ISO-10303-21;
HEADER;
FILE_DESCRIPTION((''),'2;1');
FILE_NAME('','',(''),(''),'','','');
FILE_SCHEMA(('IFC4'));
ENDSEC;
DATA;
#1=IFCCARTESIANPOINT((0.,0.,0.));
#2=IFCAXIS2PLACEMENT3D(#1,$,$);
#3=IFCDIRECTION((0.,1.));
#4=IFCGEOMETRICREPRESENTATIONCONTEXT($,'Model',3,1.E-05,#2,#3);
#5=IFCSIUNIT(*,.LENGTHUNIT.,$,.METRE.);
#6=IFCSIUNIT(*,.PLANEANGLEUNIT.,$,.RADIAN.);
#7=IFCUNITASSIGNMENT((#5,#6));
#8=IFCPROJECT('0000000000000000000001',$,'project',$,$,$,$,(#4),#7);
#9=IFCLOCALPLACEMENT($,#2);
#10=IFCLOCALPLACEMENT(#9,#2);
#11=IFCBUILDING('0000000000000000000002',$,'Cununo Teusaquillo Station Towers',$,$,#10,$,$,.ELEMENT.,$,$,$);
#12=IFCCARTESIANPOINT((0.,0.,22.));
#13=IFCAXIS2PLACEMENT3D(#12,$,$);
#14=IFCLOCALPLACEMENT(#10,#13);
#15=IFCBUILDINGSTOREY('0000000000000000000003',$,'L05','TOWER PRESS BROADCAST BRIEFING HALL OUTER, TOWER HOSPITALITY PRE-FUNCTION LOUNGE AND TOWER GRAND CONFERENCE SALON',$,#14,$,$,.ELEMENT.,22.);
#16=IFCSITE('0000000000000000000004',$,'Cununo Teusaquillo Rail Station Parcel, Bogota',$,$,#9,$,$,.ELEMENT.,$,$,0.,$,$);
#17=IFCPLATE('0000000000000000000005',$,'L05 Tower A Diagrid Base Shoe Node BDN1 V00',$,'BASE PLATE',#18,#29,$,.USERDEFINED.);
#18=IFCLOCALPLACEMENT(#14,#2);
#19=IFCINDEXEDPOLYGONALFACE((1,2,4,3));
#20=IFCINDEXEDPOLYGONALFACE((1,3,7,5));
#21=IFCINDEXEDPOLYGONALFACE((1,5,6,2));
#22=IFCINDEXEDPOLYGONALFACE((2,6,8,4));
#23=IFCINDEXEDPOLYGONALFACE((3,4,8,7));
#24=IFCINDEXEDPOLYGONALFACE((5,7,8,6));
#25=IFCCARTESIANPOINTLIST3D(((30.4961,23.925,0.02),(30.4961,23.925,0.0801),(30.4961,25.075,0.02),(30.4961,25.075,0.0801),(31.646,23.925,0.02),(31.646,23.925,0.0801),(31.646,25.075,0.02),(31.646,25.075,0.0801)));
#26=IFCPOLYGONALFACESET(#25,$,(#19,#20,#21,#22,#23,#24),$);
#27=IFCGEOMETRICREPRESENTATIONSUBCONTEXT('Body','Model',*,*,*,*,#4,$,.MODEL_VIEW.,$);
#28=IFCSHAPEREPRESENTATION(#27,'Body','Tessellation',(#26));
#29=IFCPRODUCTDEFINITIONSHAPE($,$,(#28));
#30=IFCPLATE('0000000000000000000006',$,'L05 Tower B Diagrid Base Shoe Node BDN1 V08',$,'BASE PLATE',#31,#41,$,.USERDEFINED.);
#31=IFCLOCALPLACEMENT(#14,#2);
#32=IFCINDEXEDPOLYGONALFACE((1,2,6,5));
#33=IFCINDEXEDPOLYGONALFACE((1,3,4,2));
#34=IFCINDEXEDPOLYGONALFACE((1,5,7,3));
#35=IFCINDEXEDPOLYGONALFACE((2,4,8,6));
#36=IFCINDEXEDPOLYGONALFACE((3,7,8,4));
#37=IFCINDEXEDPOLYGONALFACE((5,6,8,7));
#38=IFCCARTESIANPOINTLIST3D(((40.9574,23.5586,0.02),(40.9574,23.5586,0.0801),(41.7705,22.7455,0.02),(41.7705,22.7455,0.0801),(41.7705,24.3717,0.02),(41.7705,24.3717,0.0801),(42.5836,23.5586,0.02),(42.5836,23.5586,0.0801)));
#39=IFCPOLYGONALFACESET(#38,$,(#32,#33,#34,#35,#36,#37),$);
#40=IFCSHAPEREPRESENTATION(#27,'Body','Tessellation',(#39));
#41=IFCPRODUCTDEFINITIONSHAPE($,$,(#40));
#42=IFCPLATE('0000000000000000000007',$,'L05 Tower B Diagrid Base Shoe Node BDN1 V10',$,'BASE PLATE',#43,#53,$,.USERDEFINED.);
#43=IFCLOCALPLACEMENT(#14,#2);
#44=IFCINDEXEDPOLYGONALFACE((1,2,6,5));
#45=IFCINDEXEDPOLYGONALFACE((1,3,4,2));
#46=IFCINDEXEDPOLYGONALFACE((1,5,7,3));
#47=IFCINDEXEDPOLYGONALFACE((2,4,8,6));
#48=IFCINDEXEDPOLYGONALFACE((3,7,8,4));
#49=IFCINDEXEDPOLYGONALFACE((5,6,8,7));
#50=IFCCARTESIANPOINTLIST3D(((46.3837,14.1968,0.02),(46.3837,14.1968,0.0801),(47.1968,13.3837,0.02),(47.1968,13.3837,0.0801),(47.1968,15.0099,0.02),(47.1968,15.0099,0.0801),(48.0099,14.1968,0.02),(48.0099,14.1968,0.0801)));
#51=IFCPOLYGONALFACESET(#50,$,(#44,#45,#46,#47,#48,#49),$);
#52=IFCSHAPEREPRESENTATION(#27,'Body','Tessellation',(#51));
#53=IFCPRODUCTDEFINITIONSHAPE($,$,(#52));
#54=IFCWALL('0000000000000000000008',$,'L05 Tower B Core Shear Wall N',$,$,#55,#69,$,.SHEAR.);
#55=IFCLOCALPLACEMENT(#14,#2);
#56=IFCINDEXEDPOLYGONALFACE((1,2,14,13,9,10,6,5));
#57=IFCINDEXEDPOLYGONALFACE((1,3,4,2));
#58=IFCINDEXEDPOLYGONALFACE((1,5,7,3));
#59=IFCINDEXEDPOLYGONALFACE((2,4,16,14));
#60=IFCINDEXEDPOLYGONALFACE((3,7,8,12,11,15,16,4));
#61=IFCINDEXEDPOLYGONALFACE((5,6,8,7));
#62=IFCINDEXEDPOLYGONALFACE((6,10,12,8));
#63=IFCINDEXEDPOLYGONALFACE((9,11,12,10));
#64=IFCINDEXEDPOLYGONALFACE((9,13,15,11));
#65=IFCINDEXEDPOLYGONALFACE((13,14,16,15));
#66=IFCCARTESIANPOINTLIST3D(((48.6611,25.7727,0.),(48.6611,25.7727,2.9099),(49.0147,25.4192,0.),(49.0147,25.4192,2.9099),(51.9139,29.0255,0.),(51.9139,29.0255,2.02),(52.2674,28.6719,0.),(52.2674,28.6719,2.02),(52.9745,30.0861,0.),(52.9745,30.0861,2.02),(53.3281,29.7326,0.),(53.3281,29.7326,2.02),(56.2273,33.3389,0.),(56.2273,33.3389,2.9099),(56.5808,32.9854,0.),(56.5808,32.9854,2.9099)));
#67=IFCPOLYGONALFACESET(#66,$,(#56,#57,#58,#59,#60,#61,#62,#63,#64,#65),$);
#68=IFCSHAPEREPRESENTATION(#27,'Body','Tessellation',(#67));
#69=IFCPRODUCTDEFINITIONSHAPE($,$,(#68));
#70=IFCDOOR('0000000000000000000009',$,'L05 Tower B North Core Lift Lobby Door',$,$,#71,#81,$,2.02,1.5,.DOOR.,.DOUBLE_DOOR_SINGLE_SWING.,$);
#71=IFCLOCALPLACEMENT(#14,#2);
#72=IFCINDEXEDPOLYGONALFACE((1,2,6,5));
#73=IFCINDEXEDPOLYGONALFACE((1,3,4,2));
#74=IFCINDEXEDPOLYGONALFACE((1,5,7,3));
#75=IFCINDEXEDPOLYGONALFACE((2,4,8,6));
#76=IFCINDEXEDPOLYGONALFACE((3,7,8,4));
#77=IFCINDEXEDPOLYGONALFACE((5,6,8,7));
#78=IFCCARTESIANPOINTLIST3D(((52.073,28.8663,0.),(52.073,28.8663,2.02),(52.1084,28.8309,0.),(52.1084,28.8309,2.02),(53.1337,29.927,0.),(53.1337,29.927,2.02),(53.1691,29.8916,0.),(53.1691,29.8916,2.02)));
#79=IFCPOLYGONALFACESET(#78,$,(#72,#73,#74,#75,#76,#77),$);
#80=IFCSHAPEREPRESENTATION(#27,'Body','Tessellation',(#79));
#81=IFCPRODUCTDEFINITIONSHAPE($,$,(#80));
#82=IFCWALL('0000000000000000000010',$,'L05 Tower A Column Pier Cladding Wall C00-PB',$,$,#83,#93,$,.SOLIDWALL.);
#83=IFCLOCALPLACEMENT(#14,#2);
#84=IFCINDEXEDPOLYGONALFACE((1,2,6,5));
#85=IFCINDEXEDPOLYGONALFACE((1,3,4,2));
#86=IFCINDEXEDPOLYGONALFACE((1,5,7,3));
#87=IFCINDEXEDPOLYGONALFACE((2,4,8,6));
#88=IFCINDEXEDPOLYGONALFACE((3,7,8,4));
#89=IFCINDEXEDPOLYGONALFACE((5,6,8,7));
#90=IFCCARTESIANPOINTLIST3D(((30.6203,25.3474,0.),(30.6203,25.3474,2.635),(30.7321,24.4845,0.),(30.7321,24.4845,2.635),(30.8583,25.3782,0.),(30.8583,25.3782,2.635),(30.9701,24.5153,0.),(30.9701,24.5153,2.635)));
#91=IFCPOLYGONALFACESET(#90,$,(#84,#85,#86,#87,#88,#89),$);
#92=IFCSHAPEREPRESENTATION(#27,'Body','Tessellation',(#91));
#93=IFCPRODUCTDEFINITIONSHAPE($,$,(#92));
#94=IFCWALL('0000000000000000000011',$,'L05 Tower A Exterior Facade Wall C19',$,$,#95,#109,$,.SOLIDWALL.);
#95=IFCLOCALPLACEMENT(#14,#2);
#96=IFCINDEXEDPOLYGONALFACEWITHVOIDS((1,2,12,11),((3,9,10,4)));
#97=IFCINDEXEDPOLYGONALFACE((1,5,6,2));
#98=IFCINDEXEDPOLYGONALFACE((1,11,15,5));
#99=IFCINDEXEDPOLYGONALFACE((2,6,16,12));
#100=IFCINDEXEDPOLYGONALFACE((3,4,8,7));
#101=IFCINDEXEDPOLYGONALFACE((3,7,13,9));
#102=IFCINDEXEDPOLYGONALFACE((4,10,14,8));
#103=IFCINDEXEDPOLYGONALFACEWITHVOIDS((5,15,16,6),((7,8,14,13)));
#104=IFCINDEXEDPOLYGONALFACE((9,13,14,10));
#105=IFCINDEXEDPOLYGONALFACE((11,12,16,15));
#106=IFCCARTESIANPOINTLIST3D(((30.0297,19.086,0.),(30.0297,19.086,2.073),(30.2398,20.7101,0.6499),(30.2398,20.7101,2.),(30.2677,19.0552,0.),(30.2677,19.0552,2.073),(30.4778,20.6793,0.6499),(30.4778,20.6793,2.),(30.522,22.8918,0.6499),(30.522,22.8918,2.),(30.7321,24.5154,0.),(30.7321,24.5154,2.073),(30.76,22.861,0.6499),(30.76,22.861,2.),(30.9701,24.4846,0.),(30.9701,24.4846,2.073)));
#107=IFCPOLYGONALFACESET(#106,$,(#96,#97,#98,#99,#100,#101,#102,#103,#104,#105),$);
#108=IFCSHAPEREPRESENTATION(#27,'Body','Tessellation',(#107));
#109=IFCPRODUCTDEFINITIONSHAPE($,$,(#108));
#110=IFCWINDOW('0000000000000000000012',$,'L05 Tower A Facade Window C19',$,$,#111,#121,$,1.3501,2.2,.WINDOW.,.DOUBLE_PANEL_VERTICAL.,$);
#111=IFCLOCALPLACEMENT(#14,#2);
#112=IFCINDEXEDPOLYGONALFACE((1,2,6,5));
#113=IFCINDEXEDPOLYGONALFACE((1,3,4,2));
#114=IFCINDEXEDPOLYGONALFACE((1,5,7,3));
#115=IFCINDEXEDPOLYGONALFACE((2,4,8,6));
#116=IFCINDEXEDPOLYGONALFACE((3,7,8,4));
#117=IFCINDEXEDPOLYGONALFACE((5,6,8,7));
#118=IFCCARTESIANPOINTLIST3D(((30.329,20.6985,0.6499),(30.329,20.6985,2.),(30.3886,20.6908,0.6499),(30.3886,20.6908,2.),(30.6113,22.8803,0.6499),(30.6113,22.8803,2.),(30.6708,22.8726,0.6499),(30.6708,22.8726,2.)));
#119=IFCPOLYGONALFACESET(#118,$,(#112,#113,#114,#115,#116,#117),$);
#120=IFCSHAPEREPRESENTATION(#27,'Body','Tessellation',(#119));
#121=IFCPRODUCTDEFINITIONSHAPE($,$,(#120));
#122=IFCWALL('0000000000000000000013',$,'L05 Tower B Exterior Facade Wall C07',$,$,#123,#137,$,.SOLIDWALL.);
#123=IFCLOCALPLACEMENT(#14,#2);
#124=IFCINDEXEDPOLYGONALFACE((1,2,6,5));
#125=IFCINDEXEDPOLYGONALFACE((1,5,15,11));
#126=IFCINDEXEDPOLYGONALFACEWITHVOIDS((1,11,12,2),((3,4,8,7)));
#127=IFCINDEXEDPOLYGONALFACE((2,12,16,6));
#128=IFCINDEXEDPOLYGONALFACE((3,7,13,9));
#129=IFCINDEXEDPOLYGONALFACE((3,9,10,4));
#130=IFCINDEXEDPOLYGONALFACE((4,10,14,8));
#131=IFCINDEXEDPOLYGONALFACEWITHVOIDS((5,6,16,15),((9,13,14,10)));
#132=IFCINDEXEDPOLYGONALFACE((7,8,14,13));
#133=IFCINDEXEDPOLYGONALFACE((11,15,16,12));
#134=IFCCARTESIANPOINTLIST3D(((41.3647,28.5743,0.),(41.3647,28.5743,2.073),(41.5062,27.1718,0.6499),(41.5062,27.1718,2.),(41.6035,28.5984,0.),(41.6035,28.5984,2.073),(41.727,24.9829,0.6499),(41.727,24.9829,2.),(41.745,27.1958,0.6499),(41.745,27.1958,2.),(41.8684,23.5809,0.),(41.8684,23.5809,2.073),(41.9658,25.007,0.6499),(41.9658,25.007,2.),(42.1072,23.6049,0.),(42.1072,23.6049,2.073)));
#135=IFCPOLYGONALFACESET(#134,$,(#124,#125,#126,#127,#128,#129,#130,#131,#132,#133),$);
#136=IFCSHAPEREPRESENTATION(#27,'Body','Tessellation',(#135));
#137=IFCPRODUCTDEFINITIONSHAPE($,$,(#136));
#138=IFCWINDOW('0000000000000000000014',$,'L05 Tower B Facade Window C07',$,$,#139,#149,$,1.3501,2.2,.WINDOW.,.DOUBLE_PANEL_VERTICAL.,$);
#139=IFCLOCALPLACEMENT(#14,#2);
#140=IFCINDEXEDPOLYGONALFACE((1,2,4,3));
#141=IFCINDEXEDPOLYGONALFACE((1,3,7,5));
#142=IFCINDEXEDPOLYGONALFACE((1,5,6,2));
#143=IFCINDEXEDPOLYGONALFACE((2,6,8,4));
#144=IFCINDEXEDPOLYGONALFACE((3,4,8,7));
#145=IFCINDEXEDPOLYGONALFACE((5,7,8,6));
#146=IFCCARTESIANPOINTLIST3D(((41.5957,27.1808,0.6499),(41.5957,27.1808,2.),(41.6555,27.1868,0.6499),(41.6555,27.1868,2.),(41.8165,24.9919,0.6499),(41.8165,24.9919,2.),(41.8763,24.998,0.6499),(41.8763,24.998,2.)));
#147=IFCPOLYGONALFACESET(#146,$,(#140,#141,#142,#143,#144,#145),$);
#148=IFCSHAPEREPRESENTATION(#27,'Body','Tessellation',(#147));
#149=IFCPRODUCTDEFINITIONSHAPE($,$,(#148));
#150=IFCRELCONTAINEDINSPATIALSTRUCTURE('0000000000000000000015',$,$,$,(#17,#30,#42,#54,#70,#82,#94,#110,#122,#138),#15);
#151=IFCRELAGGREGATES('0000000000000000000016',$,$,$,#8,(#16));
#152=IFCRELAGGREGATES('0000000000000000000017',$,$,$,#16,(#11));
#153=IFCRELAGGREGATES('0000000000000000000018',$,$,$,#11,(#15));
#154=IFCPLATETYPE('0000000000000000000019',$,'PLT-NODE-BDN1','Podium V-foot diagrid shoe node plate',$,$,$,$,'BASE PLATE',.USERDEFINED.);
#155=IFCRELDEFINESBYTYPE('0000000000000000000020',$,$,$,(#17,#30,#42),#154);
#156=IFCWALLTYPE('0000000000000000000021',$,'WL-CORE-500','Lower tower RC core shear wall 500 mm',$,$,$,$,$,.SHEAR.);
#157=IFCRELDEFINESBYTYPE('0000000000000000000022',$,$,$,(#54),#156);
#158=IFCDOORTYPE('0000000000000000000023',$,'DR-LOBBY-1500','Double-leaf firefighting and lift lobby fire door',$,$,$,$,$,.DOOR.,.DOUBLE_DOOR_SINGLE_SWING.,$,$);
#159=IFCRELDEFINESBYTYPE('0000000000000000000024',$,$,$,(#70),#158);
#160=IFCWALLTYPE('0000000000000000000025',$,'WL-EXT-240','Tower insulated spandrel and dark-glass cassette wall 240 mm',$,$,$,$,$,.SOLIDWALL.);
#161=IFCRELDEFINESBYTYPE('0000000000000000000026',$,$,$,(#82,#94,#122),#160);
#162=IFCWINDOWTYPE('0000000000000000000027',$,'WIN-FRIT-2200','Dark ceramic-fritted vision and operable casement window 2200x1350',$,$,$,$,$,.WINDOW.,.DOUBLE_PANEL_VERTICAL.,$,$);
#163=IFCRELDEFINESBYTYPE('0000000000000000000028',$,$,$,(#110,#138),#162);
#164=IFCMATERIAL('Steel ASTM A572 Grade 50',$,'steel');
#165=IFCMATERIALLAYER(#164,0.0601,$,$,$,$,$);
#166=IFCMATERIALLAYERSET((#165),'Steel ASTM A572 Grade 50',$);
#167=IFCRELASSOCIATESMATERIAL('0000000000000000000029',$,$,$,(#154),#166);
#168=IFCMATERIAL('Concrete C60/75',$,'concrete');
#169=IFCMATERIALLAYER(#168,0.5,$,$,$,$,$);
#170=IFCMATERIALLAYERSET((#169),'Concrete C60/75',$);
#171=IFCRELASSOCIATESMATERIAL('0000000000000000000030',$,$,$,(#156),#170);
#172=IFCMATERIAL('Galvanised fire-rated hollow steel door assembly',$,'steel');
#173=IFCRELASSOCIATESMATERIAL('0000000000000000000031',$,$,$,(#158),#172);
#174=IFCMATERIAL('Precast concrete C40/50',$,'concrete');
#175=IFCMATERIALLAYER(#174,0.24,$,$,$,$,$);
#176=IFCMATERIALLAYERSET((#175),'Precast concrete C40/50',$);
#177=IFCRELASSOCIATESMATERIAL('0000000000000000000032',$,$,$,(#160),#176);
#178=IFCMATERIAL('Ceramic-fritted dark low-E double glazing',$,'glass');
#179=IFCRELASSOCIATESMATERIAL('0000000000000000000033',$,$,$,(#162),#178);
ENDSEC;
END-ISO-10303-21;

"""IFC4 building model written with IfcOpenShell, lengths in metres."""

from ifc_helpers import new_model, si_unit, direction, frame, frame_2d, origin, origin_2d, place, context, subcontext, project, spatial, rectangle, extrude, source, transform, mapped, material, layer, layer_set, type_object, element, fill, save


model = new_model("IFC4")

# Units and contexts
model_context = context("Model", 3, precision=1e-05, world=origin(), true_north=direction((0.0, 1.0)))
body_context = subcontext(model_context, "Body", "Model", "MODEL_VIEW")
ifc_project = project(units=[si_unit("LENGTHUNIT", "METRE"), si_unit("PLANEANGLEUNIT", "RADIAN")], contexts=[model_context])

# Site, building, storey
site_placement = place(None, origin())
site = spatial("IfcSite", under=ifc_project, at=site_placement, Name="Cununo Teusaquillo Rail Station Parcel, Bogota", CompositionType="ELEMENT", RefElevation=0.0)
building_placement = place(site_placement, origin())
building = spatial("IfcBuilding", under=site, at=building_placement, Name="Cununo Teusaquillo Station Towers", CompositionType="ELEMENT")
storey_placement = place(building_placement, frame((0.0, 0.0, 22.0)))
storey = spatial("IfcBuildingStorey", under=building, at=storey_placement, Name="L05", Description="TOWER PRESS BROADCAST BRIEFING HALL OUTER, TOWER HOSPITALITY PRE-FUNCTION LOUNGE AND TOWER GRAND CONFERENCE SALON", CompositionType="ELEMENT", Elevation=22.0)

# Plates
ifc_material_1 = material(Name="Steel ASTM A572 Grade 50", Category="steel")
ifc_layer_1 = layer(ifc_material_1, 0.0601)
ifc_layer_set_1 = layer_set([ifc_layer_1], Name="Steel ASTM A572 Grade 50")
plate_type = type_object("IfcPlateType", Name="PLT-NODE-BDN1", Description="Podium V-foot diagrid shoe node plate", ElementType="BASE PLATE", PredefinedType="USERDEFINED", material=ifc_layer_set_1)
shared_shape_1 = source(origin(), body_context, "Body", "SweptSolid", [
    extrude(rectangle(XDim=1.1499, YDim=1.1499, at=origin_2d()), origin(), (0.0, 0.0, 1.0), 0.0601),
])
for number, where, z_axis, x_axis, name in (
    (1, (31.071, 24.5, 0.02), (0.0, 0.0, 1.0), (1.0, 0.0, 0.0), "L05 Tower A Diagrid Base Shoe Node BDN1 V00"),
    (2, (41.7705, 23.5586, 0.02), (0.0, 0.0, 1.0), (0.707107, 0.707107, 0.0), "L05 Tower B Diagrid Base Shoe Node BDN1 V08"),
    (3, (47.1968, 14.1968, 0.02), (0.0, 0.0, 1.0), (0.707107, 0.707107, 0.0), "L05 Tower B Diagrid Base Shoe Node BDN1 V10"),
):
    element("IfcPlate", number, at=place(storey_placement, frame(where, z_axis=z_axis, x_axis=x_axis)), inside=storey, type_object=plate_type, Name=name, ObjectType="BASE PLATE", PredefinedType="USERDEFINED", context=body_context, shape_type="MappedRepresentation", body=[
        mapped(shared_shape_1, transform((0.0, 0.0, 0.0), x_axis=(1.0, 0.0, 0.0), y_axis=(0.0, 1.0, 0.0), z_axis=(0.0, 0.0, 1.0), scale=1.0)),
    ])

# Wall, opening, door
ifc_material_2 = material(Name="Concrete C60/75", Category="concrete")
ifc_layer_2 = layer(ifc_material_2, 0.5)
ifc_layer_set_2 = layer_set([ifc_layer_2], Name="Concrete C60/75")
wall_type_1 = type_object("IfcWallType", Name="WL-CORE-500", Description="Lower tower RC core shear wall 500 mm", PredefinedType="SHEAR", material=ifc_layer_set_2)
wall_1_placement = place(storey_placement, frame((48.8379, 25.5959, 0.0), z_axis=(0.0, 0.0, 1.0), x_axis=(0.707107, 0.707107, 0.0)))
wall_1 = element("IfcWall", 4, at=wall_1_placement, inside=storey, type_object=wall_type_1, Name="L05 Tower B Core Shear Wall N", PredefinedType="SHEAR", context=body_context, shape_type="SweptSolid", body=[
    extrude(rectangle(XDim=10.7002, YDim=0.5, at=frame_2d((5.3501, 0.0))), origin(), (0.0, 0.0, 1.0), 2.9099),
])
shared_shape_2 = source(origin(), body_context, "Body", "SweptSolid", [
    extrude(rectangle(XDim=1.5, YDim=2.02, at=frame_2d((0.75, 1.01))), frame((0.0, 0.26, 0.0), z_axis=(0.0, -1.0, 0.0), x_axis=(1.0, 0.0, 0.0)), (0.0, 0.0, 1.0), 0.52),
])
opening_1_placement = place(wall_1_placement, frame((4.6001, 0.0, 0.0)))
opening_1 = element("IfcOpeningElement", 5, at=opening_1_placement, cuts=wall_1, PredefinedType="OPENING", context=body_context, shape_type="MappedRepresentation", body=[
    mapped(shared_shape_2, transform((0.0, 0.0, 0.0), x_axis=(1.0, 0.0, 0.0), y_axis=(0.0, 1.0, 0.0), z_axis=(0.0, 0.0, 1.0), scale=1.0)),
])
ifc_material_3 = material(Name="Galvanised fire-rated hollow steel door assembly", Category="steel")
door_type_1 = type_object("IfcDoorType", Name="DR-LOBBY-1500", Description="Double-leaf firefighting and lift lobby fire door", OperationType="DOUBLE_DOOR_SINGLE_SWING", PredefinedType="DOOR", material=ifc_material_3)
shared_shape_3 = source(origin(), body_context, "Body", "SweptSolid", [
    extrude(rectangle(XDim=1.5, YDim=2.02, at=frame_2d((0.75, 1.01))), frame((0.0, 0.0249, 0.0), z_axis=(0.0, -1.0, 0.0), x_axis=(1.0, 0.0, 0.0)), (0.0, 0.0, 1.0), 0.05),
])
door_1_placement = place(opening_1_placement, origin())
door_1 = element("IfcDoor", 6, at=door_1_placement, inside=storey, type_object=door_type_1, Name="L05 Tower B North Core Lift Lobby Door", OperationType="DOUBLE_DOOR_SINGLE_SWING", OverallHeight=2.02, OverallWidth=1.5, PredefinedType="DOOR", context=body_context, shape_type="MappedRepresentation", body=[
    mapped(shared_shape_3, transform((0.0, 0.0, 0.0), x_axis=(1.0, 0.0, 0.0), y_axis=(0.0, 1.0, 0.0), z_axis=(0.0, 0.0, 1.0), scale=1.0)),
])
fill(opening_1, door_1)

# Wall
ifc_material_4 = material(Name="Precast concrete C40/50", Category="concrete")
ifc_layer_3 = layer(ifc_material_4, 0.24)
ifc_layer_set_3 = layer_set([ifc_layer_3], Name="Precast concrete C40/50")
wall_type_2 = type_object("IfcWallType", Name="WL-EXT-240", Description="Tower insulated spandrel and dark-glass cassette wall 240 mm", PredefinedType="SOLIDWALL", material=ifc_layer_set_3)
wall_2_placement = place(storey_placement, frame((30.7393, 25.3628, 0.0), z_axis=(0.0, 0.0, 1.0), x_axis=(0.128523, -0.991706, 0.0)))
element("IfcWall", 7, at=wall_2_placement, inside=storey, type_object=wall_type_2, Name="L05 Tower A Column Pier Cladding Wall C00-PB", PredefinedType="SOLIDWALL", context=body_context, shape_type="SweptSolid", body=[
    extrude(rectangle(XDim=0.8701, YDim=0.24, at=frame_2d((0.4351, 0.0))), origin(), (0.0, 0.0, 1.0), 2.635),
])

# Walls, openings, windows
wall_3_placement = place(storey_placement, frame((30.8511, 24.5, 0.0), z_axis=(0.0, 0.0, 1.0), x_axis=(-0.128298, -0.991736, 0.0)))
wall_3 = element("IfcWall", 8, at=wall_3_placement, inside=storey, type_object=wall_type_2, Name="L05 Tower A Exterior Facade Wall C19", PredefinedType="SOLIDWALL", context=body_context, shape_type="SweptSolid", body=[
    extrude(rectangle(XDim=5.4746, YDim=0.24, at=frame_2d((2.7373, 0.0))), origin(), (0.0, 0.0, 1.0), 2.073),
])
shared_shape_4 = source(origin(), body_context, "Body", "SweptSolid", [
    extrude(rectangle(XDim=2.2, YDim=1.3501, at=frame_2d((1.1001, 0.675))), frame((0.0, 0.1299, 0.0), z_axis=(0.0, -1.0, 0.0), x_axis=(1.0, 0.0, 0.0)), (0.0, 0.0, 1.0), 0.26),
])
opening_2_placement = place(wall_3_placement, frame((1.637, 0.0, 0.6499)))
opening_2 = element("IfcOpeningElement", 9, at=opening_2_placement, cuts=wall_3, PredefinedType="OPENING", context=body_context, shape_type="MappedRepresentation", body=[
    mapped(shared_shape_4, transform((0.0, 0.0, 0.0), x_axis=(1.0, 0.0, 0.0), y_axis=(0.0, 1.0, 0.0), z_axis=(0.0, 0.0, 1.0), scale=1.0)),
])
ifc_material_5 = material(Name="Ceramic-fritted dark low-E double glazing", Category="glass")
window_type_1 = type_object("IfcWindowType", Name="WIN-FRIT-2200", Description="Dark ceramic-fritted vision and operable casement window 2200x1350", PartitioningType="DOUBLE_PANEL_VERTICAL", PredefinedType="WINDOW", material=ifc_material_5)
shared_shape_5 = source(origin(), body_context, "Body", "SweptSolid", [
    extrude(rectangle(XDim=2.2, YDim=1.3501, at=frame_2d((1.1001, 0.675))), frame((0.0, 0.03, 0.0), z_axis=(0.0, -1.0, 0.0), x_axis=(1.0, 0.0, 0.0)), (0.0, 0.0, 1.0), 0.0601),
])
window_1_placement = place(opening_2_placement, origin())
window_1 = element("IfcWindow", 10, at=window_1_placement, inside=storey, type_object=window_type_1, Name="L05 Tower A Facade Window C19", OverallHeight=1.3501, OverallWidth=2.2, PartitioningType="DOUBLE_PANEL_VERTICAL", PredefinedType="WINDOW", context=body_context, shape_type="MappedRepresentation", body=[
    mapped(shared_shape_5, transform((0.0, 0.0, 0.0), x_axis=(1.0, 0.0, 0.0), y_axis=(0.0, 1.0, 0.0), z_axis=(0.0, 0.0, 1.0), scale=1.0)),
])
fill(opening_2, window_1)
wall_4_placement = place(storey_placement, frame((41.9878, 23.593, 0.0), z_axis=(0.0, 0.0, 1.0), x_axis=(-0.100356, 0.994952, 0.0)))
wall_4 = element("IfcWall", 11, at=wall_4_placement, inside=storey, type_object=wall_type_2, Name="L05 Tower B Exterior Facade Wall C07", PredefinedType="SOLIDWALL", context=body_context, shape_type="SweptSolid", body=[
    extrude(rectangle(XDim=5.0188, YDim=0.24, at=frame_2d((2.5093, 0.0))), origin(), (0.0, 0.0, 1.0), 2.073),
])
opening_3_placement = place(wall_4_placement, frame((1.4089, 0.0, 0.6499)))
opening_3 = element("IfcOpeningElement", 12, at=opening_3_placement, cuts=wall_4, PredefinedType="OPENING", context=body_context, shape_type="MappedRepresentation", body=[
    mapped(shared_shape_4, transform((0.0, 0.0, 0.0), x_axis=(1.0, 0.0, 0.0), y_axis=(0.0, 1.0, 0.0), z_axis=(0.0, 0.0, 1.0), scale=1.0)),
])
window_2_placement = place(opening_3_placement, origin())
window_2 = element("IfcWindow", 13, at=window_2_placement, inside=storey, type_object=window_type_1, Name="L05 Tower B Facade Window C07", OverallHeight=1.3501, OverallWidth=2.2, PartitioningType="DOUBLE_PANEL_VERTICAL", PredefinedType="WINDOW", context=body_context, shape_type="MappedRepresentation", body=[
    mapped(shared_shape_5, transform((0.0, 0.0, 0.0), x_axis=(1.0, 0.0, 0.0), y_axis=(0.0, 1.0, 0.0), z_axis=(0.0, 0.0, 1.0), scale=1.0)),
])
fill(opening_3, window_2)

save(model, "model.ifc")
